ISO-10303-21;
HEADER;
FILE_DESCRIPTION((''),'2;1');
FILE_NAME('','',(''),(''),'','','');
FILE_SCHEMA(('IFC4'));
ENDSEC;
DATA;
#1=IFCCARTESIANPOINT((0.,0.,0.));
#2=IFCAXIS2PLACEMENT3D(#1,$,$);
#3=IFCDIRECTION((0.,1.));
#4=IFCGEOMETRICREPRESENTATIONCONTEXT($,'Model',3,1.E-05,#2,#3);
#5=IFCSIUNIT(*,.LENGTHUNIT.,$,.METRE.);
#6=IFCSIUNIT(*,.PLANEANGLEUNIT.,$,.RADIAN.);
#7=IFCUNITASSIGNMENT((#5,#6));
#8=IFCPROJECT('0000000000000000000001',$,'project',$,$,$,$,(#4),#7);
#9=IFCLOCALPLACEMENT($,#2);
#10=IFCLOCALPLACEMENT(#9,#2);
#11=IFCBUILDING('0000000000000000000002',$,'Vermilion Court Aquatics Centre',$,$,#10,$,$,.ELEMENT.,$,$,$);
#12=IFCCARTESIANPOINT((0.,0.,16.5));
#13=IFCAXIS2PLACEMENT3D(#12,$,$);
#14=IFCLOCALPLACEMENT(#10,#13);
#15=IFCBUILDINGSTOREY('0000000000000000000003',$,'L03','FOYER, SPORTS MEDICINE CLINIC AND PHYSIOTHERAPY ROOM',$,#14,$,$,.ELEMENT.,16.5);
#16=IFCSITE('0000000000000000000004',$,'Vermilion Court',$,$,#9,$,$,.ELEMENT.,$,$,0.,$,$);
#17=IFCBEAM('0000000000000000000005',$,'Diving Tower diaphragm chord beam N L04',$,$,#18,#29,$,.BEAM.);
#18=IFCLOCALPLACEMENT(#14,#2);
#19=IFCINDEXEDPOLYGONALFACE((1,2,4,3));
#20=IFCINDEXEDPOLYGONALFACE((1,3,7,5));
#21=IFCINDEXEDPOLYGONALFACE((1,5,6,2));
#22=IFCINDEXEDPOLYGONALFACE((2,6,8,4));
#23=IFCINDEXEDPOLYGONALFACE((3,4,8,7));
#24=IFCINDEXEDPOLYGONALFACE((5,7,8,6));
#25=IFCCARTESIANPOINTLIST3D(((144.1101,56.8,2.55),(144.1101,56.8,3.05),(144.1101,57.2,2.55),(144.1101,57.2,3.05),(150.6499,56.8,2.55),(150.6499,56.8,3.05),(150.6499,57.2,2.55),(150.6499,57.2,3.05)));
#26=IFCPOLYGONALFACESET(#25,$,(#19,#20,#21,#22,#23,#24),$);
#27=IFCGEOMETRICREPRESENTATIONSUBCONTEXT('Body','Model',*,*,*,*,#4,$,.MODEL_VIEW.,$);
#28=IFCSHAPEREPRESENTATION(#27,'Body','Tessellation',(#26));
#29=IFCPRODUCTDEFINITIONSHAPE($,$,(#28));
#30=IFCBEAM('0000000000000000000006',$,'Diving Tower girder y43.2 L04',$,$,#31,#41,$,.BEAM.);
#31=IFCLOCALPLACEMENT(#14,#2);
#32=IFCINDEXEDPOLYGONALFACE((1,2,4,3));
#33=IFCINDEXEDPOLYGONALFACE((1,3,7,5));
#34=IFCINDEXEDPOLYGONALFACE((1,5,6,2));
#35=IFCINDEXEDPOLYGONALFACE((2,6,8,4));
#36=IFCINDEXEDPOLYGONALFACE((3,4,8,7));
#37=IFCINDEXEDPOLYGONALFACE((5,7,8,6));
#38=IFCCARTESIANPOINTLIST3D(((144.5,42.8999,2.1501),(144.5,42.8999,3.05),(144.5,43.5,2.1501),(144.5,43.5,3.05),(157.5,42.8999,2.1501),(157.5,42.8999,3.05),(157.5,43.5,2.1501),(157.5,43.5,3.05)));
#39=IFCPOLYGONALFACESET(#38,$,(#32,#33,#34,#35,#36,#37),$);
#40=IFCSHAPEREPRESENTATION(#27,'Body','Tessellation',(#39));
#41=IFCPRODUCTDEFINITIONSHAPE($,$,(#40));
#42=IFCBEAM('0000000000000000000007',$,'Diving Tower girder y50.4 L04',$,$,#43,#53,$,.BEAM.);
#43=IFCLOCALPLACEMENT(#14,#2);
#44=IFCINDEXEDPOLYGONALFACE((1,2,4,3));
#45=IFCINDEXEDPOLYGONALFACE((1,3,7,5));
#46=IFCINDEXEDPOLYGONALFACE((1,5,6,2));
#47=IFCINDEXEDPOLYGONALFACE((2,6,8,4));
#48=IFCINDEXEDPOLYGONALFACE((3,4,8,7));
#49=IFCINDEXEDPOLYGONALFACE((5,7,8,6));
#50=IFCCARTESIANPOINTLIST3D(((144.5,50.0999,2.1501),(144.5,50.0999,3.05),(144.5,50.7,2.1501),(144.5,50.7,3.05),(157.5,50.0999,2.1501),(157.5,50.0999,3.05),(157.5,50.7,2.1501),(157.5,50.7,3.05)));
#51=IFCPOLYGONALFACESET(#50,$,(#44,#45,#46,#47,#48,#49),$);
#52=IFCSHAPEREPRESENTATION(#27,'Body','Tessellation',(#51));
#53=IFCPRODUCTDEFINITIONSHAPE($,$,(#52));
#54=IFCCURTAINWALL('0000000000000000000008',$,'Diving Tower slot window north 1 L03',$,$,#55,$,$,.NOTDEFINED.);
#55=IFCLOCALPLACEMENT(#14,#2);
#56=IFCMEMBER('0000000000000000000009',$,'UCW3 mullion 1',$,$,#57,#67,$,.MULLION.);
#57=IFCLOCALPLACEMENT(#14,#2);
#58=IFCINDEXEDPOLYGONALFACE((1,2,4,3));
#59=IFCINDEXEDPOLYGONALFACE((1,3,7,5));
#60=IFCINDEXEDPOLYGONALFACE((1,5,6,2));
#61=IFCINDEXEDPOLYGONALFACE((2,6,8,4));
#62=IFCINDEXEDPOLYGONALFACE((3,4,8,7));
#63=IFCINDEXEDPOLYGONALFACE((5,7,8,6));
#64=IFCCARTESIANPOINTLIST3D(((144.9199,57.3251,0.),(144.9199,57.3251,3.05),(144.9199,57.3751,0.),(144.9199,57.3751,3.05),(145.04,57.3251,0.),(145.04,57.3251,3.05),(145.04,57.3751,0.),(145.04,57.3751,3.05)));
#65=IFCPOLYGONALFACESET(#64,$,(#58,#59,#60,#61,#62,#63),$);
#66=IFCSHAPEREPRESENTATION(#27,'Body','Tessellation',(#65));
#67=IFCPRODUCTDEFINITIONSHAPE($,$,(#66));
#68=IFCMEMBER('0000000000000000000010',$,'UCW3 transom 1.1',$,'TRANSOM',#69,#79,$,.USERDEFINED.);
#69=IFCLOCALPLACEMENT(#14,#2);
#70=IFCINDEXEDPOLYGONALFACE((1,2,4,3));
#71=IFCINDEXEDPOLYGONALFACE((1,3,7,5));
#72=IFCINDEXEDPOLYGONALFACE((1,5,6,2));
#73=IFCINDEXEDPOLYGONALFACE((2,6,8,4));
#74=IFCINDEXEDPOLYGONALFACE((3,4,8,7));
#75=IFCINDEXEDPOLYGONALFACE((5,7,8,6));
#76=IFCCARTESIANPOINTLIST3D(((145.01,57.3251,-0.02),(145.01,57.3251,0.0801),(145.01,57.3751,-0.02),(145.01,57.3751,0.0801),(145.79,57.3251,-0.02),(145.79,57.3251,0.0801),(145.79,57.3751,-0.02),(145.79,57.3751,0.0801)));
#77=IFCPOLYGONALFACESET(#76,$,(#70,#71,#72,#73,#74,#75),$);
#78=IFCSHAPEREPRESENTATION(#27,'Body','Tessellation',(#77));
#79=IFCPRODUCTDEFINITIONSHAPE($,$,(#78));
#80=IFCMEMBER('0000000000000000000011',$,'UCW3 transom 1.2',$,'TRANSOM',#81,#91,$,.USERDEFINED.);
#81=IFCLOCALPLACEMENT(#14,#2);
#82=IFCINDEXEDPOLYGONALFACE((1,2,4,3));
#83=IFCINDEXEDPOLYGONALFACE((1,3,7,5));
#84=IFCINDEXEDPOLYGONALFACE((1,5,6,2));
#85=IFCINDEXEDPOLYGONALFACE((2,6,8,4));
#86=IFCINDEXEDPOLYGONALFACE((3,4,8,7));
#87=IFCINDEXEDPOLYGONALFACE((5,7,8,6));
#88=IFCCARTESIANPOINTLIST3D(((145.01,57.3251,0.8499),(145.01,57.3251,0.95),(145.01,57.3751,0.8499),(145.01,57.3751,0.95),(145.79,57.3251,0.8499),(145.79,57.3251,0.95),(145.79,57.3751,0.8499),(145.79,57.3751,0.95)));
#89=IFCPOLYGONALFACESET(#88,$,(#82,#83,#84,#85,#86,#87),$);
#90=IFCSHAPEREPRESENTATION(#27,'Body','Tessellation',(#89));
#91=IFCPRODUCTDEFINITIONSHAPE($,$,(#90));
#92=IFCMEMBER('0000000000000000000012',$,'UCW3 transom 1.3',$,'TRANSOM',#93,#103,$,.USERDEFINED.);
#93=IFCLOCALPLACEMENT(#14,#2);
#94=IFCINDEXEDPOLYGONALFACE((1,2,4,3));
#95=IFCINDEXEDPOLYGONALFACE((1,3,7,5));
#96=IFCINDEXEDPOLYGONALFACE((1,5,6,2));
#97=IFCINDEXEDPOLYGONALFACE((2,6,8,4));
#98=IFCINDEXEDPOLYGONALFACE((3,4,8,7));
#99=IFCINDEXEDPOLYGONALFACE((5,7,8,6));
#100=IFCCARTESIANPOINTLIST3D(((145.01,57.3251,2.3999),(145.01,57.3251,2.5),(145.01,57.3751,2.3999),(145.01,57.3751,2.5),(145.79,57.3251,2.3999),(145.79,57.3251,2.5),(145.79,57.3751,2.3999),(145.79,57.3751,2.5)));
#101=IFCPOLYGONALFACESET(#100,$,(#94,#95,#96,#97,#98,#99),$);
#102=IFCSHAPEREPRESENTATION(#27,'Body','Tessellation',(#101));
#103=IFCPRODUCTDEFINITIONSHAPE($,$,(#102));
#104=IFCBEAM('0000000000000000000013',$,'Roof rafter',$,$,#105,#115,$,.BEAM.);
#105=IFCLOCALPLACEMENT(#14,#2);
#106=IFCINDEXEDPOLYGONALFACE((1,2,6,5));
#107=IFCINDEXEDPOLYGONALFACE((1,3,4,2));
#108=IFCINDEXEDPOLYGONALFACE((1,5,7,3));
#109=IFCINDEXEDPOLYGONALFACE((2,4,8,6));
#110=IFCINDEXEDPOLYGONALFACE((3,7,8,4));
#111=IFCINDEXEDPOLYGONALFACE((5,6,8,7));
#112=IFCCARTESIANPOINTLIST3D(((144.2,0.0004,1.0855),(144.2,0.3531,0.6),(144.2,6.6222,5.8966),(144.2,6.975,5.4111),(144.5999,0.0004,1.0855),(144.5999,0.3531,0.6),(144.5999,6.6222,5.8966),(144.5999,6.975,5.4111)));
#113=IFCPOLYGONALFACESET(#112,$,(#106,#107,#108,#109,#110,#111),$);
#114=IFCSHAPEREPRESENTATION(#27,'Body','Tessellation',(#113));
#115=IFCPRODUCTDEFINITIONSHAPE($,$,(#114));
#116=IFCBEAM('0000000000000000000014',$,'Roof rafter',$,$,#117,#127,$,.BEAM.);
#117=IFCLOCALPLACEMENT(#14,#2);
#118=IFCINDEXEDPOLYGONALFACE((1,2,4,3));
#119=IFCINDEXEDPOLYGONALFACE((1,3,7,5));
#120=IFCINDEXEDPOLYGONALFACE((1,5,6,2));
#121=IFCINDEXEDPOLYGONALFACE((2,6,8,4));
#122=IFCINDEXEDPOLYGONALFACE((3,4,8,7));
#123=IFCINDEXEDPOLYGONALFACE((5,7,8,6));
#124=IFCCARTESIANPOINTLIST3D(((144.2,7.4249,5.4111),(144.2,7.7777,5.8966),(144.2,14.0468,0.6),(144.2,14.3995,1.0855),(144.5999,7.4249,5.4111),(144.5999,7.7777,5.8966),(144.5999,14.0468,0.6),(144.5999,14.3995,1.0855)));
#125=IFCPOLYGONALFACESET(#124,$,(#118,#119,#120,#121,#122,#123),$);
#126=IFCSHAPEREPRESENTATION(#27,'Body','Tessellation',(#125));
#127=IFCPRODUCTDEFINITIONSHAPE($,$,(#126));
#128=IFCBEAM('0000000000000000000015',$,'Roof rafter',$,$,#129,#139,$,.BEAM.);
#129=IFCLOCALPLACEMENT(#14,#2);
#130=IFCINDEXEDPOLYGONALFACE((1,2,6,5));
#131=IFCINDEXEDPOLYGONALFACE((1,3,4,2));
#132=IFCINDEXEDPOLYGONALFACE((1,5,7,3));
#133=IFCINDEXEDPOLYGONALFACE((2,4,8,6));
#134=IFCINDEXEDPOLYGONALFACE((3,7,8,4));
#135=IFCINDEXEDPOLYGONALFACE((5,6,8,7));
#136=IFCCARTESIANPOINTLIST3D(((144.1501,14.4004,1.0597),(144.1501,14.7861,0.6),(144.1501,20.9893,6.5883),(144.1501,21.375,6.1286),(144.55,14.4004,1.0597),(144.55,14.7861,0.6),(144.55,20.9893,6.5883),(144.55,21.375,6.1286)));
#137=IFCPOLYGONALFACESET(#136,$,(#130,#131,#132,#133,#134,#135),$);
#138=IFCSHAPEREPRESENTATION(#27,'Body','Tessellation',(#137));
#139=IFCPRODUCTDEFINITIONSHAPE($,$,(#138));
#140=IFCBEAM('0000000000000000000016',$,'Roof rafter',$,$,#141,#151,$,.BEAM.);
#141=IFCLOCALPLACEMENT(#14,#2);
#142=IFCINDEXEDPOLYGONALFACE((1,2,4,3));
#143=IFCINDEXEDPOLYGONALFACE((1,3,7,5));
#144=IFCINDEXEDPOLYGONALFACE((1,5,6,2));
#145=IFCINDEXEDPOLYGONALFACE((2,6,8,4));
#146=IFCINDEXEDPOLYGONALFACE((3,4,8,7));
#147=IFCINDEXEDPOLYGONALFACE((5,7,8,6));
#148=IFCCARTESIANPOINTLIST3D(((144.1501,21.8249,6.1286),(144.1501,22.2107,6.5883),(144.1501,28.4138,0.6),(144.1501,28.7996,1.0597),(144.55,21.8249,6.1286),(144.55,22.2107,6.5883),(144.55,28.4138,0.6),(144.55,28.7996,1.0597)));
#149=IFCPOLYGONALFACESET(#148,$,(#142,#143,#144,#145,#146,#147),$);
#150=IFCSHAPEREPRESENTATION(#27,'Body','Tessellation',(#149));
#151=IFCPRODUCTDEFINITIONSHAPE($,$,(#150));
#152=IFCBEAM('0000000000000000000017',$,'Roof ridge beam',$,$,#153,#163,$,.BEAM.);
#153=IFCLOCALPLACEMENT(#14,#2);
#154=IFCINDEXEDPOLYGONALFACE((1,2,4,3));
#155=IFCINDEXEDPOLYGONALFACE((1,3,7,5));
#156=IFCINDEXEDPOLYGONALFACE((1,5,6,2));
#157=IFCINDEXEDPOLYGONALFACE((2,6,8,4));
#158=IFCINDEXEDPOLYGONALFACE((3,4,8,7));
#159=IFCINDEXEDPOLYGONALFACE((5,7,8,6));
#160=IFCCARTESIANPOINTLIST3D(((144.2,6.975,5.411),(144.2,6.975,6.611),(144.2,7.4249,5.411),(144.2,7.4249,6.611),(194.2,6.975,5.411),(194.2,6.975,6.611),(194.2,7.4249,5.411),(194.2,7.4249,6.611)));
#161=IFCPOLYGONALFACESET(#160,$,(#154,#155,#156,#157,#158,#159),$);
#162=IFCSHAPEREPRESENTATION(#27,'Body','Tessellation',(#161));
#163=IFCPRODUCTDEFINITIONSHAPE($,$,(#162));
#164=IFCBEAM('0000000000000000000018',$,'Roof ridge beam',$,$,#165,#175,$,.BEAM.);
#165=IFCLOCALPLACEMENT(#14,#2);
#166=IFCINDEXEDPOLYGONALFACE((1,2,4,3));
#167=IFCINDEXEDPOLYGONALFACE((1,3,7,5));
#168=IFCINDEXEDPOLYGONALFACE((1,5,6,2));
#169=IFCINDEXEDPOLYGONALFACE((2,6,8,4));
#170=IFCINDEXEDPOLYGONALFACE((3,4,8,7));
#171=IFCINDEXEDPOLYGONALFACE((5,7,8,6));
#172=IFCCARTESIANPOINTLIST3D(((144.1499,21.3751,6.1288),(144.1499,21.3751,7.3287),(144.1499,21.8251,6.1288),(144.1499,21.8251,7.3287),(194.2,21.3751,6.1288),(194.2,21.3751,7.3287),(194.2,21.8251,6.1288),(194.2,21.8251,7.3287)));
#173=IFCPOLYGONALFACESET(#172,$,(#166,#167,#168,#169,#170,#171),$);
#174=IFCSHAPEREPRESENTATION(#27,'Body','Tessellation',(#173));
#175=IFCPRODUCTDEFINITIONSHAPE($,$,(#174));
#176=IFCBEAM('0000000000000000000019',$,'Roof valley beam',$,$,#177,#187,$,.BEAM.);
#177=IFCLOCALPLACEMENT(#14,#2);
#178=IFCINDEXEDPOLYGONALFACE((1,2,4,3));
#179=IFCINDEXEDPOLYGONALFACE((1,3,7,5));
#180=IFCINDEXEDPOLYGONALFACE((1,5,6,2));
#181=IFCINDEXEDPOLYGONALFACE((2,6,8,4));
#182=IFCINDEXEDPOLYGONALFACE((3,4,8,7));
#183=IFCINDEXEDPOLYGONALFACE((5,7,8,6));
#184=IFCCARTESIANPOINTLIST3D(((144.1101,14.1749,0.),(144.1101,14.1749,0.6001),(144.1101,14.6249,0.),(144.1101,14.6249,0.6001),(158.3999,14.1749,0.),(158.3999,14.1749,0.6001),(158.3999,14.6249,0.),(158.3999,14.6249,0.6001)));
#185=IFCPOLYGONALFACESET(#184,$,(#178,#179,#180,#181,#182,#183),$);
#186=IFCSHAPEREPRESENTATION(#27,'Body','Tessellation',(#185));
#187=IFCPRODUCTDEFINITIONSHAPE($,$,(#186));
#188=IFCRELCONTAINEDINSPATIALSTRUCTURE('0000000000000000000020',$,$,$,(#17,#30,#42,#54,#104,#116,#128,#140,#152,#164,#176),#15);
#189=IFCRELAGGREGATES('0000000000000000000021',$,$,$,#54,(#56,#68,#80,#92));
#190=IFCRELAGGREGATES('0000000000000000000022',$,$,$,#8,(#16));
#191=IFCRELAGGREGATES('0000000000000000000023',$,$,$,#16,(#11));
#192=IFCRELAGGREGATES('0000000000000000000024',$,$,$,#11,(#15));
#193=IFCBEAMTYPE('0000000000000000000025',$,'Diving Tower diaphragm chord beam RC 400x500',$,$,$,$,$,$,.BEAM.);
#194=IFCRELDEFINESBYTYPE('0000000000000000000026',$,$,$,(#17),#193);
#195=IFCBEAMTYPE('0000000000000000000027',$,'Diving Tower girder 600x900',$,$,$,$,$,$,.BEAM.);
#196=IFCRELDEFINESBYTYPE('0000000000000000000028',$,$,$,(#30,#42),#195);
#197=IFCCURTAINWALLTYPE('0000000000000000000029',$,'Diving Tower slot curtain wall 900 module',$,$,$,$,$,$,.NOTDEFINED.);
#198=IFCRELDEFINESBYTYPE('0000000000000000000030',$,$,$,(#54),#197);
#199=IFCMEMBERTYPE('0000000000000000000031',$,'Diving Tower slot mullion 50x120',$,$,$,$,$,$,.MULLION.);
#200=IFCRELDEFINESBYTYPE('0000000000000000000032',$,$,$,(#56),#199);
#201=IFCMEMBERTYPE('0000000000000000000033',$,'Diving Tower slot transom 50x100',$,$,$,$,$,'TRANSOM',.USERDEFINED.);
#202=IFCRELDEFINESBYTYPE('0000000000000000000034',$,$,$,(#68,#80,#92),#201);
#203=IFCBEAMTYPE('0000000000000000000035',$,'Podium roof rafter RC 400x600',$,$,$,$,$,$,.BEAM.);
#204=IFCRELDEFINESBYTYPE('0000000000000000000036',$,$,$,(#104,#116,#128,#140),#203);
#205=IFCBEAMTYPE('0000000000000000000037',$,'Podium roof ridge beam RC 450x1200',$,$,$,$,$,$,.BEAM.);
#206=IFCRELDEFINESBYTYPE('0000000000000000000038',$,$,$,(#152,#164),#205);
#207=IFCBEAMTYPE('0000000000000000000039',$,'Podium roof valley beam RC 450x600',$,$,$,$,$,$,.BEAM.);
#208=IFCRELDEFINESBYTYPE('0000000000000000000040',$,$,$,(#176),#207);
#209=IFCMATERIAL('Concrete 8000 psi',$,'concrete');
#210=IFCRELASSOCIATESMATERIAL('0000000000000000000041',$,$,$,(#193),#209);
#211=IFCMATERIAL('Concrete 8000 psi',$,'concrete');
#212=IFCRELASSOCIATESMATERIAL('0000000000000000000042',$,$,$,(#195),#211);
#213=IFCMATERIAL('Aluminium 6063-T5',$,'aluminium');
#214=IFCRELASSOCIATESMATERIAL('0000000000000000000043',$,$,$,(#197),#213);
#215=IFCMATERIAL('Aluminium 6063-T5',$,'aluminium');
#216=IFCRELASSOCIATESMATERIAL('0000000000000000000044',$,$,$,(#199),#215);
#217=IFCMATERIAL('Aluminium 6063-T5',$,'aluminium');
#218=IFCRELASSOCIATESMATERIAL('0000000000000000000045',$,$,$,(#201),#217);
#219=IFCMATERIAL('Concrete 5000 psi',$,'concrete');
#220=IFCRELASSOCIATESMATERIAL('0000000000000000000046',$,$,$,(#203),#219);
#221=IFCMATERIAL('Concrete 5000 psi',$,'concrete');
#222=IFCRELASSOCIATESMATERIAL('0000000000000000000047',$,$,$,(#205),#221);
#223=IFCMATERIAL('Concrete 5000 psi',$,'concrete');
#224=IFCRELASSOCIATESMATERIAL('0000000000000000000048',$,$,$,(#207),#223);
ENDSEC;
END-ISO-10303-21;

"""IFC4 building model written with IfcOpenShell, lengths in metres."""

from ifc_helpers import new_model, si_unit, direction, frame, origin, origin_2d, place, context, subcontext, project, spatial, rectangle, extrude, material, material_profile, profile_set, type_object, element, aggregate, save


model = new_model("IFC4")

# Units and contexts
model_context = context("Model", 3, precision=1e-05, world=origin(), true_north=direction((0.0, 1.0)))
body_context = subcontext(model_context, "Body", "Model", "MODEL_VIEW")
ifc_project = project(units=[si_unit("LENGTHUNIT", "METRE"), si_unit("PLANEANGLEUNIT", "RADIAN")], contexts=[model_context])

# Site, building, storey
site_placement = place(None, origin())
site = spatial("IfcSite", under=ifc_project, at=site_placement, Name="Vermilion Court", CompositionType="ELEMENT", RefElevation=0.0)
building_placement = place(site_placement, origin())
building = spatial("IfcBuilding", under=site, at=building_placement, Name="Vermilion Court Aquatics Centre", CompositionType="ELEMENT")
storey_placement = place(building_placement, frame((0.0, 0.0, 16.5)))
storey = spatial("IfcBuildingStorey", under=building, at=storey_placement, Name="L03", Description="FOYER, SPORTS MEDICINE CLINIC AND PHYSIOTHERAPY ROOM", CompositionType="ELEMENT", Elevation=16.5)

# Beams
ifc_material_1 = material(Name="Concrete 8000 psi", Category="concrete")
ifc_material_profile_1 = material_profile(ifc_material_1, rectangle(XDim=0.3999, YDim=0.5, at=origin_2d()), Name="RC 400x500")
ifc_profile_set_1 = profile_set([ifc_material_profile_1], Name="Concrete 8000 psi")
beam_type_1 = type_object("IfcBeamType", Name="Diving Tower diaphragm chord beam RC 400x500", PredefinedType="BEAM", material=ifc_profile_set_1)
beam_1_placement = place(storey_placement, frame((144.1101, 57.0, 2.8), z_axis=(1.0, 0.0, 0.0), x_axis=(0.0, 1.0, 0.0)))
element("IfcBeam", 1, at=beam_1_placement, inside=storey, type_object=beam_type_1, Name="Diving Tower diaphragm chord beam N L04", PredefinedType="BEAM", context=body_context, shape_type="SweptSolid", body=[
    extrude(rectangle(XDim=0.3999, YDim=0.5, at=origin_2d()), origin(), (0.0, 0.0, 1.0), 6.5398),
])
ifc_material_2 = material(Name="Concrete 8000 psi", Category="concrete")
ifc_material_profile_2 = material_profile(ifc_material_2, rectangle(XDim=0.6001, YDim=0.8999, at=origin_2d()), Name="RC 600x900")
ifc_profile_set_2 = profile_set([ifc_material_profile_2], Name="Concrete 8000 psi")
beam_type_2 = type_object("IfcBeamType", Name="Diving Tower girder 600x900", PredefinedType="BEAM", material=ifc_profile_set_2)
for number, where, z_axis, x_axis, name in (
    (2, (144.5, 43.2, 2.6001), (1.0, 0.0, 0.0), (0.0, 1.0, 0.0), "Diving Tower girder y43.2 L04"),
    (3, (144.5, 50.3999, 2.6001), (1.0, 0.0, 0.0), (0.0, 1.0, 0.0), "Diving Tower girder y50.4 L04"),
):
    element("IfcBeam", number, at=place(storey_placement, frame(where, z_axis=z_axis, x_axis=x_axis)), inside=storey, type_object=beam_type_2, Name=name, PredefinedType="BEAM", context=body_context, shape_type="SweptSolid", body=[
        extrude(rectangle(XDim=0.6001, YDim=0.8999, at=origin_2d()), origin(), (0.0, 0.0, 1.0), 13.0),
    ])

# Curtain wall, members
ifc_material_3 = material(Name="Aluminium 6063-T5", Category="aluminium")
curtain_wall_type = type_object("IfcCurtainWallType", Name="Diving Tower slot curtain wall 900 module", PredefinedType="NOTDEFINED", material=ifc_material_3)
curtain_wall_placement = place(storey_placement, origin())
curtain_wall = element("IfcCurtainWall", 4, at=curtain_wall_placement, inside=storey, type_object=curtain_wall_type, Name="Diving Tower slot window north 1 L03", PredefinedType="NOTDEFINED")
ifc_material_4 = material(Name="Aluminium 6063-T5", Category="aluminium")
ifc_material_profile_3 = material_profile(ifc_material_4, rectangle(XDim=0.05, YDim=0.1201, at=origin_2d()), Name="AL 50x120")
ifc_profile_set_3 = profile_set([ifc_material_profile_3], Name="Aluminium 6063-T5")
member_type_1 = type_object("IfcMemberType", Name="Diving Tower slot mullion 50x120", PredefinedType="MULLION", material=ifc_profile_set_3)
member_1_placement = place(storey_placement, frame((144.98, 57.3501, 0.0), z_axis=(0.0, 0.0, 1.0), x_axis=(0.0, 1.0, 0.0)))
member_1 = element("IfcMember", 5, at=member_1_placement, type_object=member_type_1, Name="UCW3 mullion 1", PredefinedType="MULLION", context=body_context, shape_type="SweptSolid", body=[
    extrude(rectangle(XDim=0.05, YDim=0.1201, at=origin_2d()), origin(), (0.0, 0.0, 1.0), 3.05),
])
ifc_material_5 = material(Name="Aluminium 6063-T5", Category="aluminium")
ifc_material_profile_4 = material_profile(ifc_material_5, rectangle(XDim=0.05, YDim=0.1001, at=origin_2d()), Name="AL 50x100")
ifc_profile_set_4 = profile_set([ifc_material_profile_4], Name="Aluminium 6063-T5")
member_type_2 = type_object("IfcMemberType", Name="Diving Tower slot transom 50x100", ElementType="TRANSOM", PredefinedType="USERDEFINED", material=ifc_profile_set_4)
member_2_placement = place(storey_placement, frame((145.01, 57.3501, 0.03), z_axis=(1.0, 0.0, 0.0), x_axis=(0.0, 1.0, 0.0)))
member_2 = element("IfcMember", 6, at=member_2_placement, type_object=member_type_2, Name="UCW3 transom 1.1", ObjectType="TRANSOM", PredefinedType="USERDEFINED", context=body_context, shape_type="SweptSolid", body=[
    extrude(rectangle(XDim=0.05, YDim=0.1001, at=origin_2d()), origin(), (0.0, 0.0, 1.0), 0.78),
])
member_3_placement = place(storey_placement, frame((145.01, 57.3501, 0.8999), z_axis=(1.0, 0.0, 0.0), x_axis=(0.0, 1.0, 0.0)))
member_3 = element("IfcMember", 7, at=member_3_placement, type_object=member_type_2, Name="UCW3 transom 1.2", ObjectType="TRANSOM", PredefinedType="USERDEFINED", context=body_context, shape_type="SweptSolid", body=[
    extrude(rectangle(XDim=0.05, YDim=0.1001, at=origin_2d()), origin(), (0.0, 0.0, 1.0), 0.78),
])
member_4_placement = place(storey_placement, frame((145.01, 57.3501, 2.45), z_axis=(1.0, 0.0, 0.0), x_axis=(0.0, 1.0, 0.0)))
member_4 = element("IfcMember", 8, at=member_4_placement, type_object=member_type_2, Name="UCW3 transom 1.3", ObjectType="TRANSOM", PredefinedType="USERDEFINED", context=body_context, shape_type="SweptSolid", body=[
    extrude(rectangle(XDim=0.05, YDim=0.1001, at=origin_2d()), origin(), (0.0, 0.0, 1.0), 0.78),
])
aggregate(curtain_wall, [member_1, member_2, member_3, member_4])

# Beams
ifc_material_6 = material(Name="Concrete 5000 psi", Category="concrete")
ifc_material_profile_5 = material_profile(ifc_material_6, rectangle(XDim=0.3999, YDim=0.6001, at=origin_2d()), Name="RC 400x600")
ifc_profile_set_5 = profile_set([ifc_material_profile_5], Name="Concrete 5000 psi")
beam_type_3 = type_object("IfcBeamType", Name="Podium roof rafter RC 400x600", PredefinedType="BEAM", material=ifc_profile_set_5)
for number, where, z_axis, x_axis, name in (
    (9, (144.3999, 0.1768, 0.8428), (0.0, 0.809017, 0.587785), (-1.0, 0.0, 0.0), "Roof rafter"),
    (10, (144.3999, 14.2231, 0.8428), (0.0, -0.809017, 0.587785), (1.0, 0.0, 0.0), "Roof rafter"),
):
    element("IfcBeam", number, at=place(storey_placement, frame(where, z_axis=z_axis, x_axis=x_axis)), inside=storey, type_object=beam_type_3, Name=name, PredefinedType="BEAM", context=body_context, shape_type="SweptSolid", body=[
        extrude(rectangle(XDim=0.3999, YDim=0.6001, at=origin_2d()), origin(), (0.0, 0.0, 1.0), 8.1851),
    ])
for number, where, z_axis, x_axis, name in (
    (11, (144.3501, 14.5933, 0.8298), (0.0, 0.766053, 0.642777), (-1.0, 0.0, 0.0), "Roof rafter"),
    (12, (144.3501, 28.6067, 0.8298), (0.0, -0.766053, 0.642777), (1.0, 0.0, 0.0), "Roof rafter"),
):
    element("IfcBeam", number, at=place(storey_placement, frame(where, z_axis=z_axis, x_axis=x_axis)), inside=storey, type_object=beam_type_3, Name=name, PredefinedType="BEAM", context=body_context, shape_type="SweptSolid", body=[
        extrude(rectangle(XDim=0.3999, YDim=0.6001, at=origin_2d()), origin(), (0.0, 0.0, 1.0), 8.6011),
    ])
ifc_material_7 = material(Name="Concrete 5000 psi", Category="concrete")
ifc_material_profile_6 = material_profile(ifc_material_7, rectangle(XDim=0.45, YDim=1.2, at=origin_2d()), Name="RC 450x1200")
ifc_profile_set_6 = profile_set([ifc_material_profile_6], Name="Concrete 5000 psi")
beam_type_4 = type_object("IfcBeamType", Name="Podium roof ridge beam RC 450x1200", PredefinedType="BEAM", material=ifc_profile_set_6)
beam_2_placement = place(storey_placement, frame((144.2, 7.2, 6.011), z_axis=(1.0, 0.0, 0.0), x_axis=(0.0, 1.0, 0.0)))
element("IfcBeam", 13, at=beam_2_placement, inside=storey, type_object=beam_type_4, Name="Roof ridge beam", PredefinedType="BEAM", context=body_context, shape_type="SweptSolid", body=[
    extrude(rectangle(XDim=0.45, YDim=1.2, at=origin_2d()), origin(), (0.0, 0.0, 1.0), 50.0),
])
beam_3_placement = place(storey_placement, frame((144.1499, 21.6001, 6.7288), z_axis=(1.0, 0.0, 0.0), x_axis=(0.0, 1.0, 0.0)))
element("IfcBeam", 14, at=beam_3_placement, inside=storey, type_object=beam_type_4, Name="Roof ridge beam", PredefinedType="BEAM", context=body_context, shape_type="SweptSolid", body=[
    extrude(rectangle(XDim=0.45, YDim=1.2, at=origin_2d()), origin(), (0.0, 0.0, 1.0), 50.05),
])
ifc_material_8 = material(Name="Concrete 5000 psi", Category="concrete")
ifc_material_profile_7 = material_profile(ifc_material_8, rectangle(XDim=0.45, YDim=0.6001, at=origin_2d()), Name="RC 450x600")
ifc_profile_set_7 = profile_set([ifc_material_profile_7], Name="Concrete 5000 psi")
beam_type_5 = type_object("IfcBeamType", Name="Podium roof valley beam RC 450x600", PredefinedType="BEAM", material=ifc_profile_set_7)
for number, where, z_axis, x_axis, name in (
    (15, (144.1101, 14.3999, 0.3), (1.0, 0.0, 0.0), (0.0, 1.0, 0.0), "Roof valley beam"),
):
    element("IfcBeam", number, at=place(storey_placement, frame(where, z_axis=z_axis, x_axis=x_axis)), inside=storey, type_object=beam_type_5, Name=name, PredefinedType="BEAM", context=body_context, shape_type="SweptSolid", body=[
        extrude(rectangle(XDim=0.45, YDim=0.6001, at=origin_2d()), origin(), (0.0, 0.0, 1.0), 14.2898),
    ])

save(model, "model.ifc")
